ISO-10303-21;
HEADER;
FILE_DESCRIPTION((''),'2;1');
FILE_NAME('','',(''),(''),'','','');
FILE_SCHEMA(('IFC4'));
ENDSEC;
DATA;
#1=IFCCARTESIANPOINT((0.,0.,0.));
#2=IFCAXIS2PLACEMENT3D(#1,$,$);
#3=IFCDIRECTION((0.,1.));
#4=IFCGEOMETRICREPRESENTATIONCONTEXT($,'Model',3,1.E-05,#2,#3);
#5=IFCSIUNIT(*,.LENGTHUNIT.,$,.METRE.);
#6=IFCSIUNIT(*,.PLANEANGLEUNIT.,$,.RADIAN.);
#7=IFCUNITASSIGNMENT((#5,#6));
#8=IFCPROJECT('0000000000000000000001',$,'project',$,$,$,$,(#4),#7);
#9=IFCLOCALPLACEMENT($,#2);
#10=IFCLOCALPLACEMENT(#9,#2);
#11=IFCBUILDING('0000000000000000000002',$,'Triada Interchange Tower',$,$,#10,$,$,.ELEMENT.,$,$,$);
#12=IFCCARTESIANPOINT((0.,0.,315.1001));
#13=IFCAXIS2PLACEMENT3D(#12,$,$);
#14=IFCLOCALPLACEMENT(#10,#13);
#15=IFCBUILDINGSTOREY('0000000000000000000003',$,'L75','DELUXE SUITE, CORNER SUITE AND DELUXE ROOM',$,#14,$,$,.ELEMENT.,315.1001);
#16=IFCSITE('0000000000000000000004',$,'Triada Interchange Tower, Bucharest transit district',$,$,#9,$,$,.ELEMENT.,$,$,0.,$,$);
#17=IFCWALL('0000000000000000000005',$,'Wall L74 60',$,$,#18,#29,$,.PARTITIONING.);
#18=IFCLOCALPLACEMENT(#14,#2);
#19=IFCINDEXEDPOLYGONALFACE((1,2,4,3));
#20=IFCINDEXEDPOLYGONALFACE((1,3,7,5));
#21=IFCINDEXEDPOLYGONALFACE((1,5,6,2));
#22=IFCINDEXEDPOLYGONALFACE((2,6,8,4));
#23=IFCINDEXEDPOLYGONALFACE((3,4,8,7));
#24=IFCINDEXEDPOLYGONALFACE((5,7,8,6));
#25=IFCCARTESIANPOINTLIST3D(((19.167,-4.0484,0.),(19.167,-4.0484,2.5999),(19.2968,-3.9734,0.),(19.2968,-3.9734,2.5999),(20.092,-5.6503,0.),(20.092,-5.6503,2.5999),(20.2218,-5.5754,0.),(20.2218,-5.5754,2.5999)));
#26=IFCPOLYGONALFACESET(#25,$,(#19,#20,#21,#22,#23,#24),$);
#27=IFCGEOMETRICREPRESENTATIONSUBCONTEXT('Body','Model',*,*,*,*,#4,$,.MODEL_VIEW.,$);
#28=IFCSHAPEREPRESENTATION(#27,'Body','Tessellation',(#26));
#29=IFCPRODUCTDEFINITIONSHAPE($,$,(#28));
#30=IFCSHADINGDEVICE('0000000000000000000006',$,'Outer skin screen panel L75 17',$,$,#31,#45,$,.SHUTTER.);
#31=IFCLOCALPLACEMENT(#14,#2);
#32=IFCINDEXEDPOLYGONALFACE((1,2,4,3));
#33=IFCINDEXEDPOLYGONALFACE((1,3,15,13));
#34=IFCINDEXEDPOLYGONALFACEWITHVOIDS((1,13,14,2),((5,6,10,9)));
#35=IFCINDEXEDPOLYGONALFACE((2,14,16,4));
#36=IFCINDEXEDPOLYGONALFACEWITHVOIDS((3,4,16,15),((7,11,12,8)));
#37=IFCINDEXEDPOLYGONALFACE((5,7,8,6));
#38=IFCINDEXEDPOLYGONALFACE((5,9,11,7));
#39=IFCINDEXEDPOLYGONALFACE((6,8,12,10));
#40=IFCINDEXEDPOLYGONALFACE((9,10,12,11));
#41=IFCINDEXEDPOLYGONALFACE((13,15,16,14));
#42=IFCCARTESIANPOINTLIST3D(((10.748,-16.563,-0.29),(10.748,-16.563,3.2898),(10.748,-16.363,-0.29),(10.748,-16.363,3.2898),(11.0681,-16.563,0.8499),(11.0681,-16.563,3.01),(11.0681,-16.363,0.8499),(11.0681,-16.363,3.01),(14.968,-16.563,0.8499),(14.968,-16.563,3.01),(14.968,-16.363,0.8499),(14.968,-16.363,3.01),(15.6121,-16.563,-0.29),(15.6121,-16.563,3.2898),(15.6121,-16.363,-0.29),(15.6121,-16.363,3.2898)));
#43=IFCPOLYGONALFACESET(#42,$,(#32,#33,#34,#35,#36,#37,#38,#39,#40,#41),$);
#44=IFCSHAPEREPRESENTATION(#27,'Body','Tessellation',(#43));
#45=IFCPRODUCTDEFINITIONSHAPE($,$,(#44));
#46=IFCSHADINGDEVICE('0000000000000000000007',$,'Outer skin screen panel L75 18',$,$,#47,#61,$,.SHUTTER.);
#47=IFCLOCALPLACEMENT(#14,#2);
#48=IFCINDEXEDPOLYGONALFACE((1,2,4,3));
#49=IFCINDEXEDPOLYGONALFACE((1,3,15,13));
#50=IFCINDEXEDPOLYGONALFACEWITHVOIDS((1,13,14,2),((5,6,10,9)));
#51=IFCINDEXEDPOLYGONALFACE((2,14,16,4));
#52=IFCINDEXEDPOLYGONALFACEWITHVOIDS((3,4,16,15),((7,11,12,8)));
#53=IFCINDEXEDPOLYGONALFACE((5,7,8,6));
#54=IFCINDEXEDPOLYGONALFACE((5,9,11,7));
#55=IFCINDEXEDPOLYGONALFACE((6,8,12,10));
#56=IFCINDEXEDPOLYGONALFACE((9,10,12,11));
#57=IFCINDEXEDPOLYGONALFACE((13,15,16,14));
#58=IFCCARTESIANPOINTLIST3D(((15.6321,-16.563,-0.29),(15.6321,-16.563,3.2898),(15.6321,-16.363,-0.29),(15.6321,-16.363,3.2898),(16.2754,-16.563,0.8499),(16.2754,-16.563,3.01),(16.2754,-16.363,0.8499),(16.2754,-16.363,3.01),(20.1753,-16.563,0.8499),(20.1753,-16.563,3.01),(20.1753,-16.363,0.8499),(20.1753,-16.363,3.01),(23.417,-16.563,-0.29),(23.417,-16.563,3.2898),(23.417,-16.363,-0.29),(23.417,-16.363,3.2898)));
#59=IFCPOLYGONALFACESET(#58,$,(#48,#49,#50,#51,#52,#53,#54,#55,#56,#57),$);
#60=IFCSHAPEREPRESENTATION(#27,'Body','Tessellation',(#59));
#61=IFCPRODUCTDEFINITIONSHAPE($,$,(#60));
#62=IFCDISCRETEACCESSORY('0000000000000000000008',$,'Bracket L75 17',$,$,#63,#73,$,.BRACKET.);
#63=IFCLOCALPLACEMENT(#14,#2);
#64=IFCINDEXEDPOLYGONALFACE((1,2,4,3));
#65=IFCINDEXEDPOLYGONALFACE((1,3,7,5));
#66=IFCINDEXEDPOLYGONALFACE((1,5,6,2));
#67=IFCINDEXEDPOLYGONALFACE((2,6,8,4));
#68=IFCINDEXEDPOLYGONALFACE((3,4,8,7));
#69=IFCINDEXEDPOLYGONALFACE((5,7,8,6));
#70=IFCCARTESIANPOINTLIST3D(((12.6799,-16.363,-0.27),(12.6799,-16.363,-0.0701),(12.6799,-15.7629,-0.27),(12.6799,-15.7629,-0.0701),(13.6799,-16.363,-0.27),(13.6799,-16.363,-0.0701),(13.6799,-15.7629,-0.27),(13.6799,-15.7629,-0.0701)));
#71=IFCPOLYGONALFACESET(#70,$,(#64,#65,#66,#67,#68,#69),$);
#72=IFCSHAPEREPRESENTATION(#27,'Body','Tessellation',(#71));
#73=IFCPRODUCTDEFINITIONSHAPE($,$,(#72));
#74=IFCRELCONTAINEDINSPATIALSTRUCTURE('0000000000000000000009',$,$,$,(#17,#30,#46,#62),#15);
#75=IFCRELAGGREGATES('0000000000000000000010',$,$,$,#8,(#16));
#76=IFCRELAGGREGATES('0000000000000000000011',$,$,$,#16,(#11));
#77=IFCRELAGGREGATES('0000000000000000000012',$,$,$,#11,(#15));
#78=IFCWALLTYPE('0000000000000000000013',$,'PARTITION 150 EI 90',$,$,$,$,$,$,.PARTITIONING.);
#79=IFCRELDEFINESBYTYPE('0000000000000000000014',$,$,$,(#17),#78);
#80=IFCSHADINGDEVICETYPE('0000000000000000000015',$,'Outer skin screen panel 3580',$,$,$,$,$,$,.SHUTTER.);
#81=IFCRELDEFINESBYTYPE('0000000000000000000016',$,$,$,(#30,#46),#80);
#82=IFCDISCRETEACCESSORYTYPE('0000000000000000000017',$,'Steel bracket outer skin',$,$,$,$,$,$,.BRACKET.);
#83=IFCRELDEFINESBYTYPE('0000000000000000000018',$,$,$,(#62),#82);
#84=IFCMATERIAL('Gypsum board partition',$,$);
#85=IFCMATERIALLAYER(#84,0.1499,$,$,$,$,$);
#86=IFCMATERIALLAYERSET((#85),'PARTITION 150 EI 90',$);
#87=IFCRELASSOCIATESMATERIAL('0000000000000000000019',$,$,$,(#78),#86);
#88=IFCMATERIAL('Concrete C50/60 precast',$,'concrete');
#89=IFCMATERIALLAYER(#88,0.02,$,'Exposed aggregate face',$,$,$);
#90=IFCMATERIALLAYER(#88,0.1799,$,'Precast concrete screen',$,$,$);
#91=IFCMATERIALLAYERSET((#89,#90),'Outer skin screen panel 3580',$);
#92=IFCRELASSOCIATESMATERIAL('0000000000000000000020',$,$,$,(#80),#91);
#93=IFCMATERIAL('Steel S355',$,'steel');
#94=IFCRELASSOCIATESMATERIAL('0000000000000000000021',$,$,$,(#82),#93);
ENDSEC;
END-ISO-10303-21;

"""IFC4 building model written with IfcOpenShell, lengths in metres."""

from ifc_helpers import new_model, si_unit, direction, frame, frame_2d, origin, origin_2d, place, context, subcontext, project, spatial, polyline, rectangle, outline, extrude, material, layer, layer_set, type_object, element, save


model = new_model("IFC4")

# Units and contexts
model_context = context("Model", 3, precision=1e-05, world=origin(), true_north=direction((0.0, 1.0)))
body_context = subcontext(model_context, "Body", "Model", "MODEL_VIEW")
ifc_project = project(units=[si_unit("LENGTHUNIT", "METRE"), si_unit("PLANEANGLEUNIT", "RADIAN")], contexts=[model_context])

# Site, building, storey
site_placement = place(None, origin())
site = spatial("IfcSite", under=ifc_project, at=site_placement, Name="Triada Interchange Tower, Bucharest transit district", CompositionType="ELEMENT", RefElevation=0.0)
building_placement = place(site_placement, origin())
building = spatial("IfcBuilding", under=site, at=building_placement, Name="Triada Interchange Tower", CompositionType="ELEMENT")
storey_placement = place(building_placement, frame((0.0, 0.0, 315.1001)))
storey = spatial("IfcBuildingStorey", under=building, at=storey_placement, Name="L75", Description="DELUXE SUITE, CORNER SUITE AND DELUXE ROOM", CompositionType="ELEMENT", Elevation=315.1001)

# Shared definitions
ifc_material_1 = material(Name="Gypsum board partition")

# Shared definitions
ifc_layer_1 = layer(ifc_material_1, 0.1499)
ifc_layer_set_1 = layer_set([ifc_layer_1], Name="PARTITION 150 EI 90")
wall_type_1 = type_object("IfcWallType", Name="PARTITION 150 EI 90", PredefinedType="PARTITIONING", material=ifc_layer_set_1)

# Wall
wall_1_placement = place(storey_placement, frame((19.2319, -4.011, 0.0), z_axis=(0.0, 0.0, 1.0), x_axis=(0.500042, -0.866001, 0.0)))
element("IfcWall", 1, at=wall_1_placement, inside=storey, type_object=wall_type_1, Name="Wall L74 60", PredefinedType="PARTITIONING", context=body_context, shape_type="SweptSolid", body=[
    extrude(rectangle(XDim=1.8499, YDim=0.1499, at=frame_2d((0.9248, 0.0))), origin(), (0.0, 0.0, 1.0), 2.5999),
])

# Shading devices
ifc_material_2 = material(Name="Concrete C50/60 precast", Category="concrete")
ifc_layer_2 = layer(ifc_material_2, 0.02, Name="Exposed aggregate face")
ifc_layer_3 = layer(ifc_material_2, 0.1799, Name="Precast concrete screen")
ifc_layer_set_2 = layer_set([ifc_layer_2, ifc_layer_3], Name="Outer skin screen panel 3580")
shading_device_type = type_object("IfcShadingDeviceType", Name="Outer skin screen panel 3580", PredefinedType="SHUTTER", material=ifc_layer_set_2)
shading_device_1_placement = place(storey_placement, frame((10.748, -16.363, -0.29), z_axis=(0.0, 0.0, 1.0), x_axis=(1.0, 0.0, 0.0)))
element("IfcShadingDevice", 2, at=shading_device_1_placement, inside=storey, type_object=shading_device_type, Name="Outer skin screen panel L75 17", PredefinedType="SHUTTER", context=body_context, shape_type="SweptSolid", body=[
    extrude(outline(polyline([(0.0, 0.0), (4.864, 0.0), (4.864, 3.5798), (0.0, 3.5798), (0.0, 0.0)]), holes=[polyline([(0.3201, 1.1399), (0.3201, 3.3), (4.22, 3.3), (4.22, 1.1399), (0.3201, 1.1399)])]), frame((0.0, 0.0, 0.0), z_axis=(0.0, -1.0, 0.0), x_axis=(1.0, 0.0, 0.0)), (0.0, 0.0, 1.0), 0.2),
])
shading_device_2_placement = place(storey_placement, frame((15.6321, -16.363, -0.29), z_axis=(0.0, 0.0, 1.0), x_axis=(1.0, 0.0, 0.0)))
element("IfcShadingDevice", 3, at=shading_device_2_placement, inside=storey, type_object=shading_device_type, Name="Outer skin screen panel L75 18", PredefinedType="SHUTTER", context=body_context, shape_type="SweptSolid", body=[
    extrude(outline(polyline([(0.0, 0.0), (7.7849, 0.0), (7.7849, 3.5798), (0.0, 3.5798), (0.0, 0.0)]), holes=[polyline([(0.6433, 1.1399), (0.6433, 3.3), (4.5432, 3.3), (4.5432, 1.1399), (0.6433, 1.1399)])]), frame((0.0, 0.0, 0.0), z_axis=(0.0, -1.0, 0.0), x_axis=(1.0, 0.0, 0.0)), (0.0, 0.0, 1.0), 0.2),
])

# Discrete accessory
ifc_material_3 = material(Name="Steel S355", Category="steel")
discrete_accessory_type = type_object("IfcDiscreteAccessoryType", Name="Steel bracket outer skin", PredefinedType="BRACKET", material=ifc_material_3)
discrete_accessory_placement = place(storey_placement, frame((13.1799, -16.063, -0.27), z_axis=(0.0, 0.0, 1.0), x_axis=(0.0, -1.0, 0.0)))
element("IfcDiscreteAccessory", 4, at=discrete_accessory_placement, inside=storey, type_object=discrete_accessory_type, Name="Bracket L75 17", PredefinedType="BRACKET", context=body_context, shape_type="SweptSolid", body=[
    extrude(rectangle(XDim=0.6001, YDim=1.0, at=origin_2d()), origin(), (0.0, 0.0, 1.0), 0.2),
])

save(model, "model.ifc")
